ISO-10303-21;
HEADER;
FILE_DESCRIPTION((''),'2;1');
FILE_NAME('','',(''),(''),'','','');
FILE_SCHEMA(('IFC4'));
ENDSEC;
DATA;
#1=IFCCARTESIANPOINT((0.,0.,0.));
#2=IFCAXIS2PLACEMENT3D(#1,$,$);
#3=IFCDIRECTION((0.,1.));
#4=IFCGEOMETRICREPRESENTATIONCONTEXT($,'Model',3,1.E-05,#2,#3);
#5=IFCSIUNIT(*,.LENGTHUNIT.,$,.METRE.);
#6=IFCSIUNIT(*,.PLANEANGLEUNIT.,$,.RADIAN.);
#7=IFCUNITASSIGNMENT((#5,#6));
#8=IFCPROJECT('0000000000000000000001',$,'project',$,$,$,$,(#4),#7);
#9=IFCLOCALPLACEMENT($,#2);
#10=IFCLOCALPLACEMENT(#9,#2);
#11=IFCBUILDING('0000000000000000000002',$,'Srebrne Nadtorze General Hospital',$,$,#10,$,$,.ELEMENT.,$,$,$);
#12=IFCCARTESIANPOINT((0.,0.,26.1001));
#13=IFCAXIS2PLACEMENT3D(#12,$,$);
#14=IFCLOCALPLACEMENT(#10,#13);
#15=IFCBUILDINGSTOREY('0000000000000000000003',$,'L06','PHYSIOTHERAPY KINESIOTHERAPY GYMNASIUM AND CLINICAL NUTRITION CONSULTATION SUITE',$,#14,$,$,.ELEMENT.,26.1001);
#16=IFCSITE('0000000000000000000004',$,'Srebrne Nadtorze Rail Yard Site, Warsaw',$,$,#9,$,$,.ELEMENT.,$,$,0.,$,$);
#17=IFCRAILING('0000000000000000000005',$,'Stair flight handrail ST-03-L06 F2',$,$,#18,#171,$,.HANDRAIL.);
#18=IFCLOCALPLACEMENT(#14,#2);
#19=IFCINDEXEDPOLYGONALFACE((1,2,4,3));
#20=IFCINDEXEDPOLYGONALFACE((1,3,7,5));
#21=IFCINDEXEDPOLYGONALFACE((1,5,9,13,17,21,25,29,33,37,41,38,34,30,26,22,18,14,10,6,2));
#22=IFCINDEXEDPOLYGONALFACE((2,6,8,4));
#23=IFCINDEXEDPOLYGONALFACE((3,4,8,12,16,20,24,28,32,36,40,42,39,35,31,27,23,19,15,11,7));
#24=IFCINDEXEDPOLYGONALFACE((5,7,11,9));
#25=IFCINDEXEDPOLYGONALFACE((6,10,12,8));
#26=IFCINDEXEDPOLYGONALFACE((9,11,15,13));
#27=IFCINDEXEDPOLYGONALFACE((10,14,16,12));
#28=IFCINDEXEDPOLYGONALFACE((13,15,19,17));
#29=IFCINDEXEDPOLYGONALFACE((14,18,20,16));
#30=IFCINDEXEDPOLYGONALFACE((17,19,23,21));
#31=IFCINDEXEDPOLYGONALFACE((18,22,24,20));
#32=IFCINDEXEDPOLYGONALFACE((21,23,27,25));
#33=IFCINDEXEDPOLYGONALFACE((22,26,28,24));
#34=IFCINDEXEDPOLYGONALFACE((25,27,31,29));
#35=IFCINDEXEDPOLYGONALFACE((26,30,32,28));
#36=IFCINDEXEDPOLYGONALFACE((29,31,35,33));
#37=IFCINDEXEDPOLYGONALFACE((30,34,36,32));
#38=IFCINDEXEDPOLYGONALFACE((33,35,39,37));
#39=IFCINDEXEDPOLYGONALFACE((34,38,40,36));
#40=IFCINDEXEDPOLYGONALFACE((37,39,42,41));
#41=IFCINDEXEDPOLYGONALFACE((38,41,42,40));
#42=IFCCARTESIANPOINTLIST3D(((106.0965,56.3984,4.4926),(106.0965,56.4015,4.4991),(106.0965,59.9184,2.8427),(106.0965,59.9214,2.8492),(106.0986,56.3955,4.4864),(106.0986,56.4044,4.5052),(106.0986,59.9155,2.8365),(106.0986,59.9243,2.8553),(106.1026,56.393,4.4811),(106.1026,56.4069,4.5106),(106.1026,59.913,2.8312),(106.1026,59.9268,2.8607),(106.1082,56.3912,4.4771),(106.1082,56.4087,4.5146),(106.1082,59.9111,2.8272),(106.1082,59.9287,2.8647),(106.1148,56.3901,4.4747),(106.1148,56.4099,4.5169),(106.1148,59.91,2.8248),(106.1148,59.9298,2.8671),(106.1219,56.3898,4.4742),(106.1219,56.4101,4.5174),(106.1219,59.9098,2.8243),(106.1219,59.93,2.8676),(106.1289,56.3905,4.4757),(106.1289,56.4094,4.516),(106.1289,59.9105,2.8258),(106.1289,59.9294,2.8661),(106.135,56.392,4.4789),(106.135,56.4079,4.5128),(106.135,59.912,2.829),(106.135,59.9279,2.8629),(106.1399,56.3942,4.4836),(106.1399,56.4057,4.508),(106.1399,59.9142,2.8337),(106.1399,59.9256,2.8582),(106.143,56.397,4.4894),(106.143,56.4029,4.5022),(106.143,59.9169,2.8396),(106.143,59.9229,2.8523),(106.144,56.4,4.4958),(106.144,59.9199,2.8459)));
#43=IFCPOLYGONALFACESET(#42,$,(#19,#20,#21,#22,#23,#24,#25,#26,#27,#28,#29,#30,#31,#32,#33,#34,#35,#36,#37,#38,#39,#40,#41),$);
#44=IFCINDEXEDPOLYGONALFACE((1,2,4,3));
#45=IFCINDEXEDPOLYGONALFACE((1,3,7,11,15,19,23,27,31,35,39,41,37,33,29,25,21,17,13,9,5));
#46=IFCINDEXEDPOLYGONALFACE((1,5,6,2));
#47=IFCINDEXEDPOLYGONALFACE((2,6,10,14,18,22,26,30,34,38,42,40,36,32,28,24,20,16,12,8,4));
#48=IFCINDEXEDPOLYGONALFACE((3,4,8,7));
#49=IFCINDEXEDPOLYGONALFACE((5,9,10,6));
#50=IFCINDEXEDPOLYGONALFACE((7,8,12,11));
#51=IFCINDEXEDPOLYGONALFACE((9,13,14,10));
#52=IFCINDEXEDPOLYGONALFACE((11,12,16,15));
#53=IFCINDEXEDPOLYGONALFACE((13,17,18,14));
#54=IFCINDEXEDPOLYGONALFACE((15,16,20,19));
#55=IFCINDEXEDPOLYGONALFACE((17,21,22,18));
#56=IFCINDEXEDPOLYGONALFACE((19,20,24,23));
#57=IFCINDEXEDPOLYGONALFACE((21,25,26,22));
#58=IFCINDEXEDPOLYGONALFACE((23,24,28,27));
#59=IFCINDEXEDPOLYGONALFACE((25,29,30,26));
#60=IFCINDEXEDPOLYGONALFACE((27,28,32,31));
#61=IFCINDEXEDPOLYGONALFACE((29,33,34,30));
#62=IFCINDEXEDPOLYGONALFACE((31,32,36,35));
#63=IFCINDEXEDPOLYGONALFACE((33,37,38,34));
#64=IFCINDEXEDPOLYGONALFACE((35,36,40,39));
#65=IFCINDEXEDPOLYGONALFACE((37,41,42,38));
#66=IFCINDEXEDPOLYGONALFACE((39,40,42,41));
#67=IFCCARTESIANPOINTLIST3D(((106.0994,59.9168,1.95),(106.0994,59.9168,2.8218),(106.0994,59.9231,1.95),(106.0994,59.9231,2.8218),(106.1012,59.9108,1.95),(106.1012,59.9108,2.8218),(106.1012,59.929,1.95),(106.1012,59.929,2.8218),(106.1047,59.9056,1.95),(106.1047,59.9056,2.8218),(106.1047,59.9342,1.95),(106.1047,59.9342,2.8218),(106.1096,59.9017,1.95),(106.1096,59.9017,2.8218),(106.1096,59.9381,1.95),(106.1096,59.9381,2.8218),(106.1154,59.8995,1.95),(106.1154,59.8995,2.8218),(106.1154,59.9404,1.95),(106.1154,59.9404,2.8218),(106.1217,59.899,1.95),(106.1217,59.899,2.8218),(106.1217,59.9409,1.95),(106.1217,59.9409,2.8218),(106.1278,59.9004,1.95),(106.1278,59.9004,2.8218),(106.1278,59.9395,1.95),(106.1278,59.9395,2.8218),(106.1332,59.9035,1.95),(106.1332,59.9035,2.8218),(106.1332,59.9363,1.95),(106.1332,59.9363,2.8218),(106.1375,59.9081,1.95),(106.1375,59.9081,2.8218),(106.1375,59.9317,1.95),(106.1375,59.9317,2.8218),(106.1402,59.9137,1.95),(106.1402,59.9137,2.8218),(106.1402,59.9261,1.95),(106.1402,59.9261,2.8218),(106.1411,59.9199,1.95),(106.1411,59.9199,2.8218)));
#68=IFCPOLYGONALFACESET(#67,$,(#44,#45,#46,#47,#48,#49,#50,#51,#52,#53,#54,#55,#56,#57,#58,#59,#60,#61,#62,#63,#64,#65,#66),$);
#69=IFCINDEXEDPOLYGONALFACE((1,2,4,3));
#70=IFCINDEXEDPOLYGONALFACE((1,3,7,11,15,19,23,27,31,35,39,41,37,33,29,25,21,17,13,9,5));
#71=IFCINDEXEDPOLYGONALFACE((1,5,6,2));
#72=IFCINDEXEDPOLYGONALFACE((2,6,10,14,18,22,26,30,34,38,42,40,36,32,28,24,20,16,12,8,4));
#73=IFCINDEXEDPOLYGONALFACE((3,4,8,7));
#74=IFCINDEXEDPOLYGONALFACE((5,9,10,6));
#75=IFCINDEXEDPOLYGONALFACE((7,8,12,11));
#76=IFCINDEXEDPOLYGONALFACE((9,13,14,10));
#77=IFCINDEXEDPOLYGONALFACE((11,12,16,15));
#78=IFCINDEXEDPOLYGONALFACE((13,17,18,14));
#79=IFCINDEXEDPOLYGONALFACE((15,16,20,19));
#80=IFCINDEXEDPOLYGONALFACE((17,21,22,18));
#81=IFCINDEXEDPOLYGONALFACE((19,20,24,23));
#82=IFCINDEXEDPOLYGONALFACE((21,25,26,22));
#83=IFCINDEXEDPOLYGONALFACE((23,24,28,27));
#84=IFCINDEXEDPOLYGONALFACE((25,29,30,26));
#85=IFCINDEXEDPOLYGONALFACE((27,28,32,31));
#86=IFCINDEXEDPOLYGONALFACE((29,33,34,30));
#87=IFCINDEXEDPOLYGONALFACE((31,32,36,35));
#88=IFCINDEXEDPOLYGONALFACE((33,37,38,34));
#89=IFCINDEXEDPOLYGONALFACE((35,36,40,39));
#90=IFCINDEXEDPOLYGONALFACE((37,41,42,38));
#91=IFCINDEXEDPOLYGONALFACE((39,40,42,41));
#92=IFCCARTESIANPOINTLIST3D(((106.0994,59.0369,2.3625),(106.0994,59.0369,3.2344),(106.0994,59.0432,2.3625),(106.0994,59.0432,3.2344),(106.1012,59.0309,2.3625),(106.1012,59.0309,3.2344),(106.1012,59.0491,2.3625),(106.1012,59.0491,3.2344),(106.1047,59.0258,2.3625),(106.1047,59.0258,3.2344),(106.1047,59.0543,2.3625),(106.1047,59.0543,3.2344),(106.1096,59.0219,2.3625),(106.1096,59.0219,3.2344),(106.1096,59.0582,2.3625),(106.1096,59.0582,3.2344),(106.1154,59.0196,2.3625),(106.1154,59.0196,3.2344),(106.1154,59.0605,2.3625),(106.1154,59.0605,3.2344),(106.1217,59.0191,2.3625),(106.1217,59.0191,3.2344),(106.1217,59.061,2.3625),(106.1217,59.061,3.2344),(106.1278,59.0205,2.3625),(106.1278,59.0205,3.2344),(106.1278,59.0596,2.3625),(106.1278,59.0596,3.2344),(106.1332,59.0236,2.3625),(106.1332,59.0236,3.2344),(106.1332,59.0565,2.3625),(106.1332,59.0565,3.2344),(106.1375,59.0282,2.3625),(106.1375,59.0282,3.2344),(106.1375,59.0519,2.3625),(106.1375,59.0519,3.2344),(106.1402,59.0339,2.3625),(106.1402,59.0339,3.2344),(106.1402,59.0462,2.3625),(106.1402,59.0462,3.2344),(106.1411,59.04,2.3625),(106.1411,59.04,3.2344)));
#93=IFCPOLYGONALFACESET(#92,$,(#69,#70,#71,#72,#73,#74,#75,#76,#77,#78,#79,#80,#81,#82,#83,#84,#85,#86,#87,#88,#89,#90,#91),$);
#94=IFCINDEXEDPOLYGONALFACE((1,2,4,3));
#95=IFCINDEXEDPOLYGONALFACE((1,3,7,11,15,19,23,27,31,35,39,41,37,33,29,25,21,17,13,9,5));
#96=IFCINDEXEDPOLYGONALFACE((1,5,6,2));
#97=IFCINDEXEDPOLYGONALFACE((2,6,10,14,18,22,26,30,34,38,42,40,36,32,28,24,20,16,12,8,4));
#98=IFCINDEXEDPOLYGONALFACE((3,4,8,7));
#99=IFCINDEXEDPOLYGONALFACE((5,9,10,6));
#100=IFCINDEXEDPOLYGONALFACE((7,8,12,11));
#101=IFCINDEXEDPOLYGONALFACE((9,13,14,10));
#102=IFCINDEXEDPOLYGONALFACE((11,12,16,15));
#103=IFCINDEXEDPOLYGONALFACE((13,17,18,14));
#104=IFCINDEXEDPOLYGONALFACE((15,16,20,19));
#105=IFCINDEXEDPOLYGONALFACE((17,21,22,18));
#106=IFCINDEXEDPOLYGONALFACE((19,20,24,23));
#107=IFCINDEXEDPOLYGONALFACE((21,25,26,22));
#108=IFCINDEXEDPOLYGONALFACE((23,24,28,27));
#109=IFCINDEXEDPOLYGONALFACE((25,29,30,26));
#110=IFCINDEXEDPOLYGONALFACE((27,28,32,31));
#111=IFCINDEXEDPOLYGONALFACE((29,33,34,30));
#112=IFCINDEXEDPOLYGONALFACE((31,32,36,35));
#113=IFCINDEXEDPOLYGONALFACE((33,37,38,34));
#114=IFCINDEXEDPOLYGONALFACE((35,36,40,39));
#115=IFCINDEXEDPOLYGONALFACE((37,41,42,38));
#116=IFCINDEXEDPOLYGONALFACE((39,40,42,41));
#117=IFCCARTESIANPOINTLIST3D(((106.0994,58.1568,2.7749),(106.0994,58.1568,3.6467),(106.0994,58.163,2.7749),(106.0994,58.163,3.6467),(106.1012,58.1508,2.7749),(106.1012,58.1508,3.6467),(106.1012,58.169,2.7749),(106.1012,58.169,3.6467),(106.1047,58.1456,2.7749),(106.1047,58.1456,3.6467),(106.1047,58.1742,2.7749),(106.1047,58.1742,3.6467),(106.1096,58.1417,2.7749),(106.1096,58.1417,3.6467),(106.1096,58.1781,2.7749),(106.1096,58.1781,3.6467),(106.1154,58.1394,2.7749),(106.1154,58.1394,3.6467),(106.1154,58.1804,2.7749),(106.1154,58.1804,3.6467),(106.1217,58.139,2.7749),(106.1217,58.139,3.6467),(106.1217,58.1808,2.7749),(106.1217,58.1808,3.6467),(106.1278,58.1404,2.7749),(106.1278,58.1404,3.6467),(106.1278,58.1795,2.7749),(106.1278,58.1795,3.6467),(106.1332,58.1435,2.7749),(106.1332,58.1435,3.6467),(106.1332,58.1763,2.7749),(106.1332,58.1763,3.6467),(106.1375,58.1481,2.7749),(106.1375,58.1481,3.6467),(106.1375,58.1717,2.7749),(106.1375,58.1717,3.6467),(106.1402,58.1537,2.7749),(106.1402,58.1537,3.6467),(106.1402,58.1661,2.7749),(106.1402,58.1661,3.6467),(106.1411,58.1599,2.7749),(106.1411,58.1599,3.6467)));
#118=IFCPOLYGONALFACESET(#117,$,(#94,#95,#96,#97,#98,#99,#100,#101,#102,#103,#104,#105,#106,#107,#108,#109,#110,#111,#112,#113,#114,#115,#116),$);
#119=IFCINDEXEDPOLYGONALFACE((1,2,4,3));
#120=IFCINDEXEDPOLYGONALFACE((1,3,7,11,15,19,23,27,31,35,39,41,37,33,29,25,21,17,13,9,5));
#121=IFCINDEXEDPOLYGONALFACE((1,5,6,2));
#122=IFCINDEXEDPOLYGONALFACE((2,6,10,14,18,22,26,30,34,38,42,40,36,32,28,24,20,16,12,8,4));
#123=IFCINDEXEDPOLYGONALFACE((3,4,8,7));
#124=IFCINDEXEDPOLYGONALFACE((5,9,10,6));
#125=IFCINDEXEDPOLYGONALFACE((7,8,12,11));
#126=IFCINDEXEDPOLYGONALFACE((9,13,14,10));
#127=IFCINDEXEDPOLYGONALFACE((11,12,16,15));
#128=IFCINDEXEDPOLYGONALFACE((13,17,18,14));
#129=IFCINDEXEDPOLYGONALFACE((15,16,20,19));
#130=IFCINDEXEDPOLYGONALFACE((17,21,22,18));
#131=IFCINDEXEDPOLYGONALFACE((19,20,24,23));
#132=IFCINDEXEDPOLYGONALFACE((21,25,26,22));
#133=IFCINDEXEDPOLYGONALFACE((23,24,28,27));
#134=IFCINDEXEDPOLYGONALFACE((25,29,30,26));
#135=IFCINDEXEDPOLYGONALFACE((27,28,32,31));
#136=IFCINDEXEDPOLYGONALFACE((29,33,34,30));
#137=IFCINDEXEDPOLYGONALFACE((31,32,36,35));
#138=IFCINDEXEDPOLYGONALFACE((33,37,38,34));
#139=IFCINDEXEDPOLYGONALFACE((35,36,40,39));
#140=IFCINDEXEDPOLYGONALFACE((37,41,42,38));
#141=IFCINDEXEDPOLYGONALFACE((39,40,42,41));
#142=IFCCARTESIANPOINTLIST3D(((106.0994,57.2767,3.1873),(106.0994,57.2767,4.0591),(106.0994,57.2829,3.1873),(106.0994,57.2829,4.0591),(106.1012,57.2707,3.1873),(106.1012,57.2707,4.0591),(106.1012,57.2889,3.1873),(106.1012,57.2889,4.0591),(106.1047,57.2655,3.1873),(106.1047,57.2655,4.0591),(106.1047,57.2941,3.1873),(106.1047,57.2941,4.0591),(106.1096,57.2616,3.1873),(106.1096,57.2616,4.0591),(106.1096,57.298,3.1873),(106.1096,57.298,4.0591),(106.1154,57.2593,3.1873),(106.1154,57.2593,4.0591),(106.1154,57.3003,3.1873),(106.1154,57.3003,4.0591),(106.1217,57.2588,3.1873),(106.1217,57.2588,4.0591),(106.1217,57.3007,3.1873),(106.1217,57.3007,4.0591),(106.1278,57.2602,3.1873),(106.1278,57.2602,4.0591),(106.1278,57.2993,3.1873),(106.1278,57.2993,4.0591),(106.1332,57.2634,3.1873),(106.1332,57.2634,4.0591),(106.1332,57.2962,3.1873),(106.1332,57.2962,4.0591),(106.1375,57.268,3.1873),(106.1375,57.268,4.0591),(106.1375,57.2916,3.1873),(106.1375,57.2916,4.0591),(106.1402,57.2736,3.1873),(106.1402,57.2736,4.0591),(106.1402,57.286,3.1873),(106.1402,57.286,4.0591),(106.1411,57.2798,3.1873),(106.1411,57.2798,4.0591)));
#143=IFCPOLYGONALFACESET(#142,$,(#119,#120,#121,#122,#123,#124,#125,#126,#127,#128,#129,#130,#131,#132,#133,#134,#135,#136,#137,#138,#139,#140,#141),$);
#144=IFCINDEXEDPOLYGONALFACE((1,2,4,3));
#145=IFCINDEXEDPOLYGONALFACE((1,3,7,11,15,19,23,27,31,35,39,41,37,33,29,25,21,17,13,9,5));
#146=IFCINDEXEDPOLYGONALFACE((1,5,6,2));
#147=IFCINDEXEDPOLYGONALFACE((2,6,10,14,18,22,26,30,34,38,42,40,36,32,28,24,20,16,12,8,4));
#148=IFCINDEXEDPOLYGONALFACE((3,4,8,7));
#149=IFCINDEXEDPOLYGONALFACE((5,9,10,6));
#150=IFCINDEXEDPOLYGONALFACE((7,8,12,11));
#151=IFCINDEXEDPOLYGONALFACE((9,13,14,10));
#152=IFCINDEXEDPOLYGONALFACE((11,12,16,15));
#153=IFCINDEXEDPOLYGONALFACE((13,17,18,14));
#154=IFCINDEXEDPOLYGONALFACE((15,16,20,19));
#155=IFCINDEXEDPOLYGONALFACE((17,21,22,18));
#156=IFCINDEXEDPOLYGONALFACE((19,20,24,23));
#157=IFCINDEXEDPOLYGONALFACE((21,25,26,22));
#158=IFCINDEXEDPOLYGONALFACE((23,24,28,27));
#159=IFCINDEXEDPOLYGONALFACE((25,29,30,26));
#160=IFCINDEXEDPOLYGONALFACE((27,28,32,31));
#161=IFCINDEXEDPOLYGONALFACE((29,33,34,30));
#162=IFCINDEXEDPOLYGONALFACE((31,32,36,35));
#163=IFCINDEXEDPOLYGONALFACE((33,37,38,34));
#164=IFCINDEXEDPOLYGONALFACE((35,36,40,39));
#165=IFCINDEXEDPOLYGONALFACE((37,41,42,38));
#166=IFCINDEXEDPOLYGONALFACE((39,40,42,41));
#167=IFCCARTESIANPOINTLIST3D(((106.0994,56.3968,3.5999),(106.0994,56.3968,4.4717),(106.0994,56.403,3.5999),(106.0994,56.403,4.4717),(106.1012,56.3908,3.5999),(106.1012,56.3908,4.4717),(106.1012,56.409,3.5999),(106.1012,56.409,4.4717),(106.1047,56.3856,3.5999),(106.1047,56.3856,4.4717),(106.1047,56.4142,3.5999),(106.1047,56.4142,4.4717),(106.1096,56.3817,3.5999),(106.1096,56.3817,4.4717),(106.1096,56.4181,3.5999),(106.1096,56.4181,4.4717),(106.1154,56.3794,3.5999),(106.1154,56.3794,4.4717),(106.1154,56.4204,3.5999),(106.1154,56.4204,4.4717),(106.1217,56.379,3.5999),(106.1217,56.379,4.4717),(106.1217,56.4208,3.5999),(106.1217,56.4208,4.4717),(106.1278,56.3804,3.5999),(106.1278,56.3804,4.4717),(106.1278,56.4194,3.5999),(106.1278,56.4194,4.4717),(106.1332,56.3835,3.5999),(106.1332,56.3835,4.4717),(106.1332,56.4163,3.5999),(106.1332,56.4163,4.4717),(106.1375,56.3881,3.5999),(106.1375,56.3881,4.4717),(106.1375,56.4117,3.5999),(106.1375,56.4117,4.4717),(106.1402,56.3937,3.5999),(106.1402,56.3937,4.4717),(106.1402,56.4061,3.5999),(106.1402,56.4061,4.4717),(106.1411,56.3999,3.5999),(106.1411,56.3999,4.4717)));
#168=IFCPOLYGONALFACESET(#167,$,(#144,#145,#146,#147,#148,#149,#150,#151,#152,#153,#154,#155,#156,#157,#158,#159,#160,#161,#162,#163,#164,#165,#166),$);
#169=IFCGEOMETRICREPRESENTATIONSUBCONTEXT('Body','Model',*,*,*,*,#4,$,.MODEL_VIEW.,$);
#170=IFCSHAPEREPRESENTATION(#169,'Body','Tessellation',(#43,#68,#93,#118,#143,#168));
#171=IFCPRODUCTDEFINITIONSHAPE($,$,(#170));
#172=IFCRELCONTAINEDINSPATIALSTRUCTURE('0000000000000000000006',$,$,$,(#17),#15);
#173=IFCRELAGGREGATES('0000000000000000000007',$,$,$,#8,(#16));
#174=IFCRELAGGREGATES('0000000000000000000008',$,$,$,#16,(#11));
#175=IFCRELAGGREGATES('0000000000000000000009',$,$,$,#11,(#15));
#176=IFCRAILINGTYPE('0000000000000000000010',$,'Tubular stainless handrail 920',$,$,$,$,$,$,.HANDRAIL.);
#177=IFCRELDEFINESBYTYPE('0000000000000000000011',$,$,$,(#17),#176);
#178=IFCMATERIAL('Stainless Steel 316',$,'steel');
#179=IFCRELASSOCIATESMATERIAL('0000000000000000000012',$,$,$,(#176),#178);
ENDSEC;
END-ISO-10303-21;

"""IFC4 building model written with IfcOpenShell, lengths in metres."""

from ifc_helpers import new_model, si_unit, direction, frame, origin, origin_2d, place, context, subcontext, project, spatial, circle, extrude, material, type_object, element, save


model = new_model("IFC4")

# Units and contexts
model_context = context("Model", 3, precision=1e-05, world=origin(), true_north=direction((0.0, 1.0)))
body_context = subcontext(model_context, "Body", "Model", "MODEL_VIEW")
ifc_project = project(units=[si_unit("LENGTHUNIT", "METRE"), si_unit("PLANEANGLEUNIT", "RADIAN")], contexts=[model_context])

# Site, building, storey
site_placement = place(None, origin())
site = spatial("IfcSite", under=ifc_project, at=site_placement, Name="Srebrne Nadtorze Rail Yard Site, Warsaw", CompositionType="ELEMENT", RefElevation=0.0)
building_placement = place(site_placement, origin())
building = spatial("IfcBuilding", under=site, at=building_placement, Name="Srebrne Nadtorze General Hospital", CompositionType="ELEMENT")
storey_placement = place(building_placement, frame((0.0, 0.0, 26.1001)))
storey = spatial("IfcBuildingStorey", under=building, at=storey_placement, Name="L06", Description="PHYSIOTHERAPY KINESIOTHERAPY GYMNASIUM AND CLINICAL NUTRITION CONSULTATION SUITE", CompositionType="ELEMENT", Elevation=26.1001)

# Railing
ifc_material_1 = material(Name="Stainless Steel 316", Category="steel")
railing_type = type_object("IfcRailingType", Name="Tubular stainless handrail 920", PredefinedType="HANDRAIL", material=ifc_material_1)
railing_placement = place(storey_placement, frame((106.1201, 59.9199, 1.95)))
element("IfcRailing", 1, at=railing_placement, inside=storey, type_object=railing_type, Name="Stair flight handrail ST-03-L06 F2", PredefinedType="HANDRAIL", context=body_context, shape_type="SweptSolid", body=[
    extrude(circle(Radius=0.0239, at=origin_2d()), frame((0.0, 0.0, 0.896), z_axis=(0.0, -0.905469, 0.424411), x_axis=(1.0, 0.0, 0.0)), (0.0, 0.0, 1.0), 3.8875),
    extrude(circle(Radius=0.021, at=origin_2d()), origin(), (0.0, 0.0, 1.0), 0.8718),
    extrude(circle(Radius=0.021, at=origin_2d()), frame((0.0, -0.8799, 0.4126)), (0.0, 0.0, 1.0), 0.8718),
    extrude(circle(Radius=0.021, at=origin_2d()), frame((0.0, -1.76, 0.825)), (0.0, 0.0, 1.0), 0.8718),
    extrude(circle(Radius=0.021, at=origin_2d()), frame((0.0, -2.6401, 1.2373)), (0.0, 0.0, 1.0), 0.8718),
    extrude(circle(Radius=0.021, at=origin_2d()), frame((0.0, -3.52, 1.6499)), (0.0, 0.0, 1.0), 0.8718),
])

save(model, "model.ifc")
